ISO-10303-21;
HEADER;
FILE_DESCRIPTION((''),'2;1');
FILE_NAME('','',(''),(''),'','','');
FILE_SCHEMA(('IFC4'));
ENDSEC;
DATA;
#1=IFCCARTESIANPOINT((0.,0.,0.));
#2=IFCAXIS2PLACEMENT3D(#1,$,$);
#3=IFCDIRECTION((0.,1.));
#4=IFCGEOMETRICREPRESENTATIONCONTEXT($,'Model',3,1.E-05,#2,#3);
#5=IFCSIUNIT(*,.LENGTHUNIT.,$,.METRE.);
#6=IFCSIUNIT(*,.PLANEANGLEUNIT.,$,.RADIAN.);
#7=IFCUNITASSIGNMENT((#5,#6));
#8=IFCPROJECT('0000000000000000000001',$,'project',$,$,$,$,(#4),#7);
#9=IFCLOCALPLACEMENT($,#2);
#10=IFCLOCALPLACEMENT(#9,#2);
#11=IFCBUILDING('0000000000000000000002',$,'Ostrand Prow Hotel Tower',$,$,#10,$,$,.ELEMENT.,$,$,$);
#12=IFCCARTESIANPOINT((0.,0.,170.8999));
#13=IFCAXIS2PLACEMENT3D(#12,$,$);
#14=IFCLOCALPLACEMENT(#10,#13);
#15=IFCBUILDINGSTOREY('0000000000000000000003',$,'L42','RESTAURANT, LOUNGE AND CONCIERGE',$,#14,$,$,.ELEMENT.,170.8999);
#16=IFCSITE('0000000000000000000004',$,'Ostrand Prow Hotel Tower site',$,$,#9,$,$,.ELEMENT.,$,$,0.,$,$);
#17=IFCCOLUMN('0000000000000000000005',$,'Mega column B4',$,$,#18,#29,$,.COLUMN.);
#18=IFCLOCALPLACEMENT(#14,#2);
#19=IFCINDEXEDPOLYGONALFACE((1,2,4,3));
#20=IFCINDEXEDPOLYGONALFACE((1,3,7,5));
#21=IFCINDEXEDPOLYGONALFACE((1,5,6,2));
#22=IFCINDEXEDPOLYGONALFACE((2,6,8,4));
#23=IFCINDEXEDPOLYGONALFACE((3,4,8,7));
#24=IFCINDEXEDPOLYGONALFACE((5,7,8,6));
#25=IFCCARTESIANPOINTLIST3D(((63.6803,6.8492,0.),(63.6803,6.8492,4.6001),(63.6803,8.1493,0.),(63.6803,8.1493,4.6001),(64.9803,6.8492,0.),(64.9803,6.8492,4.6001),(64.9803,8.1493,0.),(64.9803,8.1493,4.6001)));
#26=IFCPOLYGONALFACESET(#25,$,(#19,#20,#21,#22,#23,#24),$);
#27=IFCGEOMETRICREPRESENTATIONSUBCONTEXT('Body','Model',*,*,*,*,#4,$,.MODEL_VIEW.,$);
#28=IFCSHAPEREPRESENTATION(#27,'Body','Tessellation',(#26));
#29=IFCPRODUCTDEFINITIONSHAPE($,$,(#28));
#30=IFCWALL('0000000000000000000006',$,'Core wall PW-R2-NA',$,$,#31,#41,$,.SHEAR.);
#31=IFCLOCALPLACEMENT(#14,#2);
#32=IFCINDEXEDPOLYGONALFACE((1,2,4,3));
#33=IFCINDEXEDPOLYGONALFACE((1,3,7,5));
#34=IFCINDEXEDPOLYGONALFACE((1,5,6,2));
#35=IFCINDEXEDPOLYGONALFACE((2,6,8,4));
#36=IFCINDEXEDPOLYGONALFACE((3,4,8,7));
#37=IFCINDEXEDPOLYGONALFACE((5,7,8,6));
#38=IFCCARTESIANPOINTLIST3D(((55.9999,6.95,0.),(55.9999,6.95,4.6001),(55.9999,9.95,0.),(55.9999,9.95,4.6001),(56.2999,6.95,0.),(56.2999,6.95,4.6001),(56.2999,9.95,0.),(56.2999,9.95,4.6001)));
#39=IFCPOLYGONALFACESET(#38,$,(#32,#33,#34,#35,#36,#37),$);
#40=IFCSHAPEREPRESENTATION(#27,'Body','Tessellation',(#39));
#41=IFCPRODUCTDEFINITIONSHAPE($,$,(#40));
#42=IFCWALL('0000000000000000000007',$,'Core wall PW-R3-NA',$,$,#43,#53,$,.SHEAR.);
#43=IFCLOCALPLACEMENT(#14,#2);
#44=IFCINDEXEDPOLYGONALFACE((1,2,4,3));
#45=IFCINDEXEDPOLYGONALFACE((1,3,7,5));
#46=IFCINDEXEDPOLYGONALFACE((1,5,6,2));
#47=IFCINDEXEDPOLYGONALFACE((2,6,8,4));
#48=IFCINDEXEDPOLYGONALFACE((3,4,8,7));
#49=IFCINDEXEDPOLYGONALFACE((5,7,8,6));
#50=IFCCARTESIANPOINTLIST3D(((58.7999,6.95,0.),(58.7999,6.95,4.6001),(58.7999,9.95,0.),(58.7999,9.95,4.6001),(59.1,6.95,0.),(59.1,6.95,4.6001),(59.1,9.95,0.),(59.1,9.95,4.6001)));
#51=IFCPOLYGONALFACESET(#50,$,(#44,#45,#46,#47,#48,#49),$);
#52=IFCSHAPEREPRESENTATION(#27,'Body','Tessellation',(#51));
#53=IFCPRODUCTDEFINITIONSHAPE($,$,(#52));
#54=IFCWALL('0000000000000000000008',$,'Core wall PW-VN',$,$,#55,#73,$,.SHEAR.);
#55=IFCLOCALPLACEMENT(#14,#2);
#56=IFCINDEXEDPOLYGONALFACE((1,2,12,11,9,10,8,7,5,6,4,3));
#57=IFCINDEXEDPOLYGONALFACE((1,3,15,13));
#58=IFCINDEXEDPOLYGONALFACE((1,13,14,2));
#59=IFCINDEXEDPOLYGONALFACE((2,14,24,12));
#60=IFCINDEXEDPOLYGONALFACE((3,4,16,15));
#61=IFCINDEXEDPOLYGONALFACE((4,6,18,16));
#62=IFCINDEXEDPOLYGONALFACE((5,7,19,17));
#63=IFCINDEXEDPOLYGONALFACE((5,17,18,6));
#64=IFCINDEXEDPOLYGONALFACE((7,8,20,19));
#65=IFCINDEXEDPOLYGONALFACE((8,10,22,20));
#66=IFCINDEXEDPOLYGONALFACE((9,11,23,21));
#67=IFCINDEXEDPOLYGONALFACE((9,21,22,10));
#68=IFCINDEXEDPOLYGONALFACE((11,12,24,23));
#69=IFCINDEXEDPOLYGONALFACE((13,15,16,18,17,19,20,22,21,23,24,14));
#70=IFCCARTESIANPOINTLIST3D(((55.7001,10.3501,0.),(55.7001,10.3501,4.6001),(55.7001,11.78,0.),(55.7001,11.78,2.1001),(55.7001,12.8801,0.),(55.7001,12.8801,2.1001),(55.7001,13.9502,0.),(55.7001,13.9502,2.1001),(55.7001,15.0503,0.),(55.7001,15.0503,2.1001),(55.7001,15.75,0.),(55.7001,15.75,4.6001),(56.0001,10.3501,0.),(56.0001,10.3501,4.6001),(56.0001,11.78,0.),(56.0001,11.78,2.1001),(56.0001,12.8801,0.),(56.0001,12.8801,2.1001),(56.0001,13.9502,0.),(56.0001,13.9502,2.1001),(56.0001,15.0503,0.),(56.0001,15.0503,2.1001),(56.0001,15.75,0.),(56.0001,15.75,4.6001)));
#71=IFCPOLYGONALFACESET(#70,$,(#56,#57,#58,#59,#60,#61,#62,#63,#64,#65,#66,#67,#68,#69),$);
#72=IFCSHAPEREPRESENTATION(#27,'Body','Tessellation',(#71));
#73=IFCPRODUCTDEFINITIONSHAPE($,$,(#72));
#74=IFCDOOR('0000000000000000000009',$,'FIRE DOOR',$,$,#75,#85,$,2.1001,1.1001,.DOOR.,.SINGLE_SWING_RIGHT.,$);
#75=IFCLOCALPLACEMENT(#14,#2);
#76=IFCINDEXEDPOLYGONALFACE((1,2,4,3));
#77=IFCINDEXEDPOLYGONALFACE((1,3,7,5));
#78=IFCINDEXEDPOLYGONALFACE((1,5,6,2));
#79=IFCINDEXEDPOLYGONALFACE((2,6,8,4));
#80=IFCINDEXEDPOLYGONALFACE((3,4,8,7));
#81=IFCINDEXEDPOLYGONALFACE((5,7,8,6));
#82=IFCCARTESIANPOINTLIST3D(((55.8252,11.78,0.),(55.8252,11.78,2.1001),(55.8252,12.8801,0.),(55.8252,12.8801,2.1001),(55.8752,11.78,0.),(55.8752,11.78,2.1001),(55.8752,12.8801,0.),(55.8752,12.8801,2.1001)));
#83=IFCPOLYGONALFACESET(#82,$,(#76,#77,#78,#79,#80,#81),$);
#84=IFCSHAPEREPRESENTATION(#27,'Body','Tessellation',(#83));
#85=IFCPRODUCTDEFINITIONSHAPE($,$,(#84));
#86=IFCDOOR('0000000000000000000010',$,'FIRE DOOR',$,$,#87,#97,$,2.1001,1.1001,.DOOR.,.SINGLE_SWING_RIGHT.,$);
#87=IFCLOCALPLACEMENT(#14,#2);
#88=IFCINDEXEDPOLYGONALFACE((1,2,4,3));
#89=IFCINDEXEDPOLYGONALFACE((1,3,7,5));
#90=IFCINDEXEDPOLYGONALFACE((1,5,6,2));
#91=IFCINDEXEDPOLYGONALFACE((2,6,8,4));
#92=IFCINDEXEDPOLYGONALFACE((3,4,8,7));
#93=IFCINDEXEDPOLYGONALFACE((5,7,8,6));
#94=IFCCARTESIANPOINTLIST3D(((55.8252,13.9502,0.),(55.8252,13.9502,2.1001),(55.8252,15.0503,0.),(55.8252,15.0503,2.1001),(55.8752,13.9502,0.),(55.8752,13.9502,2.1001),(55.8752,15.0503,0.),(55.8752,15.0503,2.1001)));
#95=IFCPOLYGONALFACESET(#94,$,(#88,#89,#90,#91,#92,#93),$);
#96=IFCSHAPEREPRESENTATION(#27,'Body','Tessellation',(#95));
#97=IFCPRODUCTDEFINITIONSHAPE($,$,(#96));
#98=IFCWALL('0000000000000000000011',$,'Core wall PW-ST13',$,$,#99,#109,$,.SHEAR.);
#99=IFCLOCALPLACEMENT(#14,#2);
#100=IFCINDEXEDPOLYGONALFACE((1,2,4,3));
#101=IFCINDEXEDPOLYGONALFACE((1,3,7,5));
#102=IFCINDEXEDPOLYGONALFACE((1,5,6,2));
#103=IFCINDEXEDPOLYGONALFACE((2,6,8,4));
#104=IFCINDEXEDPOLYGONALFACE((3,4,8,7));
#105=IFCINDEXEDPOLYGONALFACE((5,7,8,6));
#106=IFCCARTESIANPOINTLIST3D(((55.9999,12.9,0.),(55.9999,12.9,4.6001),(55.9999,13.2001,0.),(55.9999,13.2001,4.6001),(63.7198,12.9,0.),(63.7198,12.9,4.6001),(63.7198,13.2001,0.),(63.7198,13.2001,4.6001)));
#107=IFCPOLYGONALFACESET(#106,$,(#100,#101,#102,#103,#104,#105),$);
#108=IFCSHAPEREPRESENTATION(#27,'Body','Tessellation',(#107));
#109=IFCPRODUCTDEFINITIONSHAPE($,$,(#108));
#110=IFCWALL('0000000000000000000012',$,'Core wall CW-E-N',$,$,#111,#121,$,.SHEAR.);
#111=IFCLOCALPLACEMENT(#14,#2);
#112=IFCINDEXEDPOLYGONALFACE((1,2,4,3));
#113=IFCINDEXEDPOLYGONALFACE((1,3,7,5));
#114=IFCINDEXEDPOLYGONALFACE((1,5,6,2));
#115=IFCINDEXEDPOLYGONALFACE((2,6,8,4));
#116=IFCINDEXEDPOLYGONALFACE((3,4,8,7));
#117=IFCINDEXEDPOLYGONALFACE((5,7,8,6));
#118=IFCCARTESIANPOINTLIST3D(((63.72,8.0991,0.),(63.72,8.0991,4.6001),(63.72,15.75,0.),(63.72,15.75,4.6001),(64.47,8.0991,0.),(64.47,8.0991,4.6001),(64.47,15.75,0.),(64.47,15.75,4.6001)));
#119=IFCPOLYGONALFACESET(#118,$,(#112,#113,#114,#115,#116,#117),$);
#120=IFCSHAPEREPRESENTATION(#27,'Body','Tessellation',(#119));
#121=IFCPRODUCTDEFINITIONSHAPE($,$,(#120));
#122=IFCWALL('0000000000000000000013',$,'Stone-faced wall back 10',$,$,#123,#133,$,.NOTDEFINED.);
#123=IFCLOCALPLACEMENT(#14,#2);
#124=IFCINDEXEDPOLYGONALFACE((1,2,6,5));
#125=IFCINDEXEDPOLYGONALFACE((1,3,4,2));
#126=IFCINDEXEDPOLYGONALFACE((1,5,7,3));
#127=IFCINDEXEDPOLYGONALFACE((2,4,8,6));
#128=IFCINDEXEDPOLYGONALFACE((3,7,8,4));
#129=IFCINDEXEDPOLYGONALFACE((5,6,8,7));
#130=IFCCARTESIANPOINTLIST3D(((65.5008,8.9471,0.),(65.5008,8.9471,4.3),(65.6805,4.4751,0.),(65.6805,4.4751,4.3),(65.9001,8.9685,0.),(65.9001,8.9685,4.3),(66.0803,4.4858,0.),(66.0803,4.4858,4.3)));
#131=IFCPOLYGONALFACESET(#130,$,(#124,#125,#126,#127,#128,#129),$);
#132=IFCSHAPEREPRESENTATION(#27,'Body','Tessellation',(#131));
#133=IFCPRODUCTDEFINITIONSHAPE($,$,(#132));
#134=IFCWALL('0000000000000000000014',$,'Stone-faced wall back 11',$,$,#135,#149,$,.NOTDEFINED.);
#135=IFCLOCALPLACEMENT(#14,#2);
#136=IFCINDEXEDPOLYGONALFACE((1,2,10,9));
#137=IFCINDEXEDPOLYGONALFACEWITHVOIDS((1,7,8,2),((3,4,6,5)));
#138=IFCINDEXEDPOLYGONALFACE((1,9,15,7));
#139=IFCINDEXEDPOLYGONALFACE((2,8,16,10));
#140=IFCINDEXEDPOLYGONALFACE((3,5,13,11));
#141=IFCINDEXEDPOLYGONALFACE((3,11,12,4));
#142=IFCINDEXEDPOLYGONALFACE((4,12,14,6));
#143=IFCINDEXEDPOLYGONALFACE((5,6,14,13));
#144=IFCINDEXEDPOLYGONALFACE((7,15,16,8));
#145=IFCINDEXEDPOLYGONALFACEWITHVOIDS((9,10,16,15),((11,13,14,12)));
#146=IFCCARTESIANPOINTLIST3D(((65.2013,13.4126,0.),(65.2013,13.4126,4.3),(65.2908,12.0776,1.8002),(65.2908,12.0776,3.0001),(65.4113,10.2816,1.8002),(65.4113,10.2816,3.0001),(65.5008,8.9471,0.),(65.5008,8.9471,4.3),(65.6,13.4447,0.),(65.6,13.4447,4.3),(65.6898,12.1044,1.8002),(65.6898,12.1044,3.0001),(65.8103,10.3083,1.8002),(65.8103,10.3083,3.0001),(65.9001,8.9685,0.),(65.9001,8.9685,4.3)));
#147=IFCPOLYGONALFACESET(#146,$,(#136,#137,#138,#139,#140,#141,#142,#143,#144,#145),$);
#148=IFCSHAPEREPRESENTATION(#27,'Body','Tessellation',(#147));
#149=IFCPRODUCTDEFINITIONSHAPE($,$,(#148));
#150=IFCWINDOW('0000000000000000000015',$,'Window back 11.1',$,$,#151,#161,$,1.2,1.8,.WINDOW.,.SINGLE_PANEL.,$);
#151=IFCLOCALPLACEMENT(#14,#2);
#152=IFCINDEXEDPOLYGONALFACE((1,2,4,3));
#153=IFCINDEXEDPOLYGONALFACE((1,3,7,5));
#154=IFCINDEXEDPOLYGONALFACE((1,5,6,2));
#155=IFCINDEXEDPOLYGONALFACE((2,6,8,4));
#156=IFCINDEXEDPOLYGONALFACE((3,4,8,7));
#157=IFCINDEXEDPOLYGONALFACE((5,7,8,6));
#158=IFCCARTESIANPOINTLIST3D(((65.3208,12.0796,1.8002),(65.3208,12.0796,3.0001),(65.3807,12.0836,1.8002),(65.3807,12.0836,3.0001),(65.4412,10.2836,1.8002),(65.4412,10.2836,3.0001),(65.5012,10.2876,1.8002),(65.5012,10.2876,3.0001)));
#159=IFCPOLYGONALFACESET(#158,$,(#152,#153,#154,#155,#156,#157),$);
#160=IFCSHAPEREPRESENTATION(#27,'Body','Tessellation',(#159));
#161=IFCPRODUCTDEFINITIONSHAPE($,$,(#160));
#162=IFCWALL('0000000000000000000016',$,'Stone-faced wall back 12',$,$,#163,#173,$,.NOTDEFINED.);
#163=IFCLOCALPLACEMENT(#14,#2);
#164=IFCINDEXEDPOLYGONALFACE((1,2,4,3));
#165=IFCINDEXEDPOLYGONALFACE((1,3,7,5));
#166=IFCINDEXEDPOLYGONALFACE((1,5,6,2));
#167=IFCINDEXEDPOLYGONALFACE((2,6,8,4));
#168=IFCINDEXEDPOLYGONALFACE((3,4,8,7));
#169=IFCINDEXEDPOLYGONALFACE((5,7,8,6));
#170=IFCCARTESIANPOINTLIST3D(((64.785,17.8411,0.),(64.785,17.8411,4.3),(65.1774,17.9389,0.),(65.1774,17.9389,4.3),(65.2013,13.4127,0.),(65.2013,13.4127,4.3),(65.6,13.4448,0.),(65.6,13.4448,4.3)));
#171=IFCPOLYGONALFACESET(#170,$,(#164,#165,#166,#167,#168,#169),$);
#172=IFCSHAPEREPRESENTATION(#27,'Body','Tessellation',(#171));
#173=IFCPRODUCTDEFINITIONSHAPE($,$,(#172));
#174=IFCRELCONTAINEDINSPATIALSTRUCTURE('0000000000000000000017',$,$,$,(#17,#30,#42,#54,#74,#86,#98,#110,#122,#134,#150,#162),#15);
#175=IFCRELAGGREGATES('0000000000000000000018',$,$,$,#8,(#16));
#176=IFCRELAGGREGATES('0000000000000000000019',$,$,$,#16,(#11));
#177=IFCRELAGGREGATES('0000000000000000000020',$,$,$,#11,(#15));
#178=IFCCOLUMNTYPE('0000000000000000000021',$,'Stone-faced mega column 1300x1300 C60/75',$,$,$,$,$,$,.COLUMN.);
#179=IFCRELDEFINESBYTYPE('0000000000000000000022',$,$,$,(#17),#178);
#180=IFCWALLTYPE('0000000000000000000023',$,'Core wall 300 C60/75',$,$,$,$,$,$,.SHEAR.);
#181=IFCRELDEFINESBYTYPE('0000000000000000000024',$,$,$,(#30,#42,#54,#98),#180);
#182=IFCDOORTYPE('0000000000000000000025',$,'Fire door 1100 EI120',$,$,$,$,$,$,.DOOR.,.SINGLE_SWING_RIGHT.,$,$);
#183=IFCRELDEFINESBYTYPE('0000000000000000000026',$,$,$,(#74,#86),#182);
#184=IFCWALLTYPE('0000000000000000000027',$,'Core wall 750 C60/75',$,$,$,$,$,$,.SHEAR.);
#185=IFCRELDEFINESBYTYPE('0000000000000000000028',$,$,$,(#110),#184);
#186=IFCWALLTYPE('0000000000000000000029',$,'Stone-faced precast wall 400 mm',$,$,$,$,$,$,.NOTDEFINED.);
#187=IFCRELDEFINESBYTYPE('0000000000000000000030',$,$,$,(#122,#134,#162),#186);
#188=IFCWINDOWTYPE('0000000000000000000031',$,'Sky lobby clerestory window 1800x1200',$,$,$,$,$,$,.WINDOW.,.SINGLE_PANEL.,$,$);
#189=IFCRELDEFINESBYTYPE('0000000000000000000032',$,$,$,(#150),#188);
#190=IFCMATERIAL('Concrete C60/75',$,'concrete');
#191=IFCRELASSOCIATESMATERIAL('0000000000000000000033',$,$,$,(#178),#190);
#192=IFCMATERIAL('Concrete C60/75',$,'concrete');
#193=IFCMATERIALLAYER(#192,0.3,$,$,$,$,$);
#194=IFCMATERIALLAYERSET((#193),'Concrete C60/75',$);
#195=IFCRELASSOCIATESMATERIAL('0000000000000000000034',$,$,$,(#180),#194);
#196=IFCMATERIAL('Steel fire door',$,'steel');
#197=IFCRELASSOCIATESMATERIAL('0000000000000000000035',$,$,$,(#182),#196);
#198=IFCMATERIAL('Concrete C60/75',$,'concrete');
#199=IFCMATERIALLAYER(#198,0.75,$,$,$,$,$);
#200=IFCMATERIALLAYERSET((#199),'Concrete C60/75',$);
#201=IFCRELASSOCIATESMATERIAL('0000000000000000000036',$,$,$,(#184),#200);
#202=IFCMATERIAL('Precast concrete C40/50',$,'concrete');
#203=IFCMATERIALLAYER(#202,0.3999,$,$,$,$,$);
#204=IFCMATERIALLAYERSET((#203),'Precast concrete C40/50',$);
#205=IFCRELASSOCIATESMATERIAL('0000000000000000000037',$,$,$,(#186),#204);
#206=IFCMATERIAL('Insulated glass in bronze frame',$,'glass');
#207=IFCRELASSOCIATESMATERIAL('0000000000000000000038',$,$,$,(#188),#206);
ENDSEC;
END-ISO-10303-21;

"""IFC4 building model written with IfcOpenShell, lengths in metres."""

from ifc_helpers import new_model, si_unit, direction, frame, frame_2d, origin, origin_2d, place, context, subcontext, project, spatial, polyline, rectangle, outline, extrude, material, layer, layer_set, material_profile, profile_set, type_object, element, fill, save


model = new_model("IFC4")

# Units and contexts
model_context = context("Model", 3, precision=1e-05, world=origin(), true_north=direction((0.0, 1.0)))
body_context = subcontext(model_context, "Body", "Model", "MODEL_VIEW")
ifc_project = project(units=[si_unit("LENGTHUNIT", "METRE"), si_unit("PLANEANGLEUNIT", "RADIAN")], contexts=[model_context])

# Site, building, storey
site_placement = place(None, origin())
site = spatial("IfcSite", under=ifc_project, at=site_placement, Name="Ostrand Prow Hotel Tower site", CompositionType="ELEMENT", RefElevation=0.0)
building_placement = place(site_placement, origin())
building = spatial("IfcBuilding", under=site, at=building_placement, Name="Ostrand Prow Hotel Tower", CompositionType="ELEMENT")
storey_placement = place(building_placement, frame((0.0, 0.0, 170.8999)))
storey = spatial("IfcBuildingStorey", under=building, at=storey_placement, Name="L42", Description="RESTAURANT, LOUNGE AND CONCIERGE", CompositionType="ELEMENT", Elevation=170.8999)

# Column
ifc_material_1 = material(Name="Concrete C60/75", Category="concrete")
ifc_material_profile = material_profile(ifc_material_1, rectangle(XDim=1.3, YDim=1.3, at=origin_2d()), Name="RC 1300x1300")
ifc_profile_set = profile_set([ifc_material_profile], Name="Concrete C60/75")
column_type = type_object("IfcColumnType", Name="Stone-faced mega column 1300x1300 C60/75", PredefinedType="COLUMN", material=ifc_profile_set)
column_placement = place(storey_placement, frame((64.3303, 7.4993, 0.0), z_axis=(0.0, 0.0, 1.0), x_axis=(1.0, 0.0, 0.0)))
element("IfcColumn", 1, at=column_placement, inside=storey, type_object=column_type, Name="Mega column B4", PredefinedType="COLUMN", context=body_context, shape_type="SweptSolid", body=[
    extrude(rectangle(XDim=1.3, YDim=1.3, at=origin_2d()), origin(), (0.0, 0.0, 1.0), 4.6001),
])

# Walls
ifc_material_2 = material(Name="Concrete C60/75", Category="concrete")
ifc_layer_1 = layer(ifc_material_2, 0.3)
ifc_layer_set_1 = layer_set([ifc_layer_1], Name="Concrete C60/75")
wall_type_1 = type_object("IfcWallType", Name="Core wall 300 C60/75", PredefinedType="SHEAR", material=ifc_layer_set_1)
for number, where, z_axis, x_axis, name in (
    (2, (56.1499, 6.95, 0.0), (0.0, 0.0, 1.0), (0.0, 1.0, 0.0), "Core wall PW-R2-NA"),
    (3, (58.95, 6.95, 0.0), (0.0, 0.0, 1.0), (0.0, 1.0, 0.0), "Core wall PW-R3-NA"),
):
    element("IfcWall", number, at=place(storey_placement, frame(where, z_axis=z_axis, x_axis=x_axis)), inside=storey, type_object=wall_type_1, Name=name, PredefinedType="SHEAR", context=body_context, shape_type="SweptSolid", body=[
        extrude(rectangle(XDim=3.0, YDim=0.3, at=frame_2d((1.5, 0.0))), origin(), (0.0, 0.0, 1.0), 4.6001),
    ])

# Wall, openings, doors
wall_1_placement = place(storey_placement, frame((55.8501, 10.3501, 0.0), z_axis=(0.0, 0.0, 1.0), x_axis=(0.0, 1.0, 0.0)))
wall_1 = element("IfcWall", 4, at=wall_1_placement, inside=storey, type_object=wall_type_1, Name="Core wall PW-VN", PredefinedType="SHEAR", context=body_context, shape_type="SweptSolid", body=[
    extrude(rectangle(XDim=5.3999, YDim=0.3, at=frame_2d((2.7, 0.0))), origin(), (0.0, 0.0, 1.0), 4.6001),
])
opening_1_placement = place(wall_1_placement, frame((1.4299, 0.0, 0.0)))
opening_1 = element("IfcOpeningElement", 5, at=opening_1_placement, cuts=wall_1, PredefinedType="OPENING", context=body_context, shape_type="SweptSolid", body=[
    extrude(rectangle(XDim=1.1001, YDim=2.1001, at=frame_2d((0.55, 1.05))), frame((0.0, 0.1599, 0.0), z_axis=(0.0, -1.0, 0.0), x_axis=(1.0, 0.0, 0.0)), (0.0, 0.0, 1.0), 0.3201),
])
opening_2_placement = place(wall_1_placement, frame((3.6001, 0.0, 0.0)))
opening_2 = element("IfcOpeningElement", 6, at=opening_2_placement, cuts=wall_1, PredefinedType="OPENING", context=body_context, shape_type="SweptSolid", body=[
    extrude(rectangle(XDim=1.1001, YDim=2.1001, at=frame_2d((0.55, 1.05))), frame((0.0, 0.1599, 0.0), z_axis=(0.0, -1.0, 0.0), x_axis=(1.0, 0.0, 0.0)), (0.0, 0.0, 1.0), 0.3201),
])
ifc_material_3 = material(Name="Steel fire door", Category="steel")
door_type = type_object("IfcDoorType", Name="Fire door 1100 EI120", OperationType="SINGLE_SWING_RIGHT", PredefinedType="DOOR", material=ifc_material_3)
door_1_placement = place(opening_1_placement, origin())
door_1 = element("IfcDoor", 7, at=door_1_placement, inside=storey, type_object=door_type, Name="FIRE DOOR", OperationType="SINGLE_SWING_RIGHT", OverallHeight=2.1001, OverallWidth=1.1001, PredefinedType="DOOR", context=body_context, shape_type="SweptSolid", body=[
    extrude(rectangle(XDim=1.1001, YDim=2.1001, at=frame_2d((0.55, 1.05))), frame((0.0, 0.0249, 0.0), z_axis=(0.0, -1.0, 0.0), x_axis=(1.0, 0.0, 0.0)), (0.0, 0.0, 1.0), 0.05),
])
fill(opening_1, door_1)
door_2_placement = place(opening_2_placement, origin())
door_2 = element("IfcDoor", 8, at=door_2_placement, inside=storey, type_object=door_type, Name="FIRE DOOR", OperationType="SINGLE_SWING_RIGHT", OverallHeight=2.1001, OverallWidth=1.1001, PredefinedType="DOOR", context=body_context, shape_type="SweptSolid", body=[
    extrude(rectangle(XDim=1.1001, YDim=2.1001, at=frame_2d((0.55, 1.05))), frame((0.0, 0.0249, 0.0), z_axis=(0.0, -1.0, 0.0), x_axis=(1.0, 0.0, 0.0)), (0.0, 0.0, 1.0), 0.05),
])
fill(opening_2, door_2)

# Walls
wall_2_placement = place(storey_placement, frame((56.0, 13.05, 0.0), z_axis=(0.0, 0.0, 1.0), x_axis=(1.0, 0.0, 0.0)))
element("IfcWall", 9, at=wall_2_placement, inside=storey, type_object=wall_type_1, Name="Core wall PW-ST13", PredefinedType="SHEAR", context=body_context, shape_type="SweptSolid", body=[
    extrude(rectangle(XDim=7.72, YDim=0.3, at=frame_2d((3.8599, 0.0))), origin(), (0.0, 0.0, 1.0), 4.6001),
])
ifc_material_4 = material(Name="Concrete C60/75", Category="concrete")
ifc_layer_2 = layer(ifc_material_4, 0.75)
ifc_layer_set_2 = layer_set([ifc_layer_2], Name="Concrete C60/75")
wall_type_2 = type_object("IfcWallType", Name="Core wall 750 C60/75", PredefinedType="SHEAR", material=ifc_layer_set_2)
wall_3_placement = place(storey_placement, frame((64.095, 8.0991, 0.0), z_axis=(0.0, 0.0, 1.0), x_axis=(0.0, 1.0, 0.0)))
element("IfcWall", 10, at=wall_3_placement, inside=storey, type_object=wall_type_2, Name="Core wall CW-E-N", PredefinedType="SHEAR", context=body_context, shape_type="SweptSolid", body=[
    extrude(rectangle(XDim=7.6509, YDim=0.75, at=frame_2d((3.8254, 0.0))), origin(), (0.0, 0.0, 1.0), 4.6001),
])
ifc_material_5 = material(Name="Precast concrete C40/50", Category="concrete")
ifc_layer_3 = layer(ifc_material_5, 0.3999)
ifc_layer_set_3 = layer_set([ifc_layer_3], Name="Precast concrete C40/50")
wall_type_3 = type_object("IfcWallType", Name="Stone-faced precast wall 400 mm", PredefinedType="NOTDEFINED", material=ifc_layer_set_3)
wall_4_placement = place(storey_placement, frame((65.8804, 4.4805, 0.0), z_axis=(0.0, 0.0, 1.0), x_axis=(-0.040155, 0.999193, 0.0)))
element("IfcWall", 11, at=wall_4_placement, inside=storey, type_object=wall_type_3, Name="Stone-faced wall back 10", PredefinedType="NOTDEFINED", context=body_context, shape_type="SweptSolid", body=[
    extrude(outline(polyline([(-0.0027, -0.2), (4.4836, -0.2), (4.4783, 0.2), (0.0027, 0.2), (-0.0027, -0.2)])), origin(), (0.0, 0.0, 1.0), 4.3),
])

# Wall, opening, window
wall_5_placement = place(storey_placement, frame((65.7004, 8.9578, 0.0), z_axis=(0.0, 0.0, 1.0), x_axis=(-0.066906, 0.997759, 0.0)))
wall_5 = element("IfcWall", 12, at=wall_5_placement, inside=storey, type_object=wall_type_3, Name="Stone-faced wall back 11", PredefinedType="NOTDEFINED", context=body_context, shape_type="SweptSolid", body=[
    extrude(outline(polyline([(-0.0027, -0.2), (4.4836, -0.2), (4.4783, 0.2), (0.0027, 0.2), (-0.0027, -0.2)])), origin(), (0.0, 0.0, 1.0), 4.3),
])
opening_3_placement = place(wall_5_placement, frame((1.3403, 0.0, 1.8)))
opening_3 = element("IfcOpeningElement", 13, at=opening_3_placement, cuts=wall_5, PredefinedType="OPENING", context=body_context, shape_type="SweptSolid", body=[
    extrude(rectangle(XDim=1.8, YDim=1.2, at=frame_2d((0.8999, 0.6001))), frame((0.0, 0.21, 0.0), z_axis=(0.0, -1.0, 0.0), x_axis=(1.0, 0.0, 0.0)), (0.0, 0.0, 1.0), 0.4199),
])
ifc_material_6 = material(Name="Insulated glass in bronze frame", Category="glass")
window_type = type_object("IfcWindowType", Name="Sky lobby clerestory window 1800x1200", PartitioningType="SINGLE_PANEL", PredefinedType="WINDOW", material=ifc_material_6)
window_placement = place(opening_3_placement, origin())
window = element("IfcWindow", 14, at=window_placement, inside=storey, type_object=window_type, Name="Window back 11.1", OverallHeight=1.2, OverallWidth=1.8, PartitioningType="SINGLE_PANEL", PredefinedType="WINDOW", context=body_context, shape_type="SweptSolid", body=[
    extrude(rectangle(XDim=1.8, YDim=1.2, at=frame_2d((0.8999, 0.6001))), frame((0.0, 0.1699, 0.0), z_axis=(0.0, -1.0, 0.0), x_axis=(1.0, 0.0, 0.0)), (0.0, 0.0, 1.0), 0.0601),
])
fill(opening_3, window)

# Wall
wall_6_placement = place(storey_placement, frame((65.4006, 13.4287, 0.0), z_axis=(0.0, 0.0, 1.0), x_axis=(-0.093606, 0.995609, 0.0)))
element("IfcWall", 15, at=wall_6_placement, inside=storey, type_object=wall_type_3, Name="Stone-faced wall back 12", PredefinedType="NOTDEFINED", context=body_context, shape_type="SweptSolid", body=[
    extrude(outline(polyline([(-0.0027, -0.2), (4.5112, -0.2), (4.4507, 0.2), (0.0027, 0.2), (-0.0027, -0.2)])), origin(), (0.0, 0.0, 1.0), 4.3),
])

save(model, "model.ifc")
